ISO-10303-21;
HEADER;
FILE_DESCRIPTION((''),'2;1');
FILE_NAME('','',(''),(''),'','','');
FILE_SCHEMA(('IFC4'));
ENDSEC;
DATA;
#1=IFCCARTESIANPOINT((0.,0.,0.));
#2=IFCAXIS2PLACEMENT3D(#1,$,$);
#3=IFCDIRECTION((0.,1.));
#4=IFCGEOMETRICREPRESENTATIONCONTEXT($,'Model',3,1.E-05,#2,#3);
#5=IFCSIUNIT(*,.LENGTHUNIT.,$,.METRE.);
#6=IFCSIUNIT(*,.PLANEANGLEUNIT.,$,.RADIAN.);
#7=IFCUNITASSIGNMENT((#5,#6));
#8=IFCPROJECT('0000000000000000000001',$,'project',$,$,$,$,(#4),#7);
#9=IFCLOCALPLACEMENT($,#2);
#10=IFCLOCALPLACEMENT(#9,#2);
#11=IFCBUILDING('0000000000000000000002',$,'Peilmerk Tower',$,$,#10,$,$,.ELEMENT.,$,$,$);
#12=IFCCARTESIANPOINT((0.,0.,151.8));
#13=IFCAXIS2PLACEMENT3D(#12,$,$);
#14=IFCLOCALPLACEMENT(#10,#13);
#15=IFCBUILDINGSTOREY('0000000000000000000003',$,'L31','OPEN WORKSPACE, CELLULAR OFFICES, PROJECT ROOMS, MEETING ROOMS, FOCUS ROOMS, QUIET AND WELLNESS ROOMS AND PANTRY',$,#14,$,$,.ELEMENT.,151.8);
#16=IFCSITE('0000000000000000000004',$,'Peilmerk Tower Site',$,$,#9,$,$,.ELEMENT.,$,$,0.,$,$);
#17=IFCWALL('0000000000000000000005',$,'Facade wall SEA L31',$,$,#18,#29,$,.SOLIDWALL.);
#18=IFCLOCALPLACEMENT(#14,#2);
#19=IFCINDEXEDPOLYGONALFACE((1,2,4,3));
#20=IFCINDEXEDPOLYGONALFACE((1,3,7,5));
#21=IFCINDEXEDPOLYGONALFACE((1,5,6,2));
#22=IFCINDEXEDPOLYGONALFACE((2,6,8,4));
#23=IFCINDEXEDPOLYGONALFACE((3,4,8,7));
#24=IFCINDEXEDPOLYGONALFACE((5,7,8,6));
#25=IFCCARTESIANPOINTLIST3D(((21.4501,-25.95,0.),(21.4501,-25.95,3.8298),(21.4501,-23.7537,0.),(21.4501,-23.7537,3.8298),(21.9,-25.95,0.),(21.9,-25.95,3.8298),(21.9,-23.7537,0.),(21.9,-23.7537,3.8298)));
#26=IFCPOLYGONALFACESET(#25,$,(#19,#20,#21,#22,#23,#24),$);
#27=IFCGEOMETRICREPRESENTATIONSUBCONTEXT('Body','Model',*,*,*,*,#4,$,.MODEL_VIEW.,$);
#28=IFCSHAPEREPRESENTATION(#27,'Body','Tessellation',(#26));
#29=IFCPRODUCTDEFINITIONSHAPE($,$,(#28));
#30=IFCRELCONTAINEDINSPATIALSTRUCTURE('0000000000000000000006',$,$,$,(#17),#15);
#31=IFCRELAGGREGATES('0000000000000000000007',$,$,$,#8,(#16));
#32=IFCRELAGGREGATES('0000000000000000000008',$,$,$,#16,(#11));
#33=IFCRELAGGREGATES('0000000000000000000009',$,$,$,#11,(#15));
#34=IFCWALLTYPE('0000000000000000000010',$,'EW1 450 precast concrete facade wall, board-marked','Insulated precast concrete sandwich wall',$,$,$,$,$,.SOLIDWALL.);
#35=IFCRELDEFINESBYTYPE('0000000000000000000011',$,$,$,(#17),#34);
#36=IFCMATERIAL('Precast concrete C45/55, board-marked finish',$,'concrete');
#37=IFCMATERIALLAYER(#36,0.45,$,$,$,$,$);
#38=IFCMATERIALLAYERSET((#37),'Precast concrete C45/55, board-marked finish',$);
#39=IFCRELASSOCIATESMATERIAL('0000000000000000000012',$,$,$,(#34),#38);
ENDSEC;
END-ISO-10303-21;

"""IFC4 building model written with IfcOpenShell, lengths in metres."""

from ifc_helpers import new_model, si_unit, direction, frame, frame_2d, origin, place, context, subcontext, project, spatial, rectangle, extrude, material, layer, layer_set, type_object, element, save


model = new_model("IFC4")

# Units and contexts
model_context = context("Model", 3, precision=1e-05, world=origin(), true_north=direction((0.0, 1.0)))
body_context = subcontext(model_context, "Body", "Model", "MODEL_VIEW")
ifc_project = project(units=[si_unit("LENGTHUNIT", "METRE"), si_unit("PLANEANGLEUNIT", "RADIAN")], contexts=[model_context])

# Site, building, storey
site_placement = place(None, origin())
site = spatial("IfcSite", under=ifc_project, at=site_placement, Name="Peilmerk Tower Site", CompositionType="ELEMENT", RefElevation=0.0)
building_placement = place(site_placement, origin())
building = spatial("IfcBuilding", under=site, at=building_placement, Name="Peilmerk Tower", CompositionType="ELEMENT")
storey_placement = place(building_placement, frame((0.0, 0.0, 151.8)))
storey = spatial("IfcBuildingStorey", under=building, at=storey_placement, Name="L31", Description="OPEN WORKSPACE, CELLULAR OFFICES, PROJECT ROOMS, MEETING ROOMS, FOCUS ROOMS, QUIET AND WELLNESS ROOMS AND PANTRY", CompositionType="ELEMENT", Elevation=151.8)

# Shared definitions
ifc_material_1 = material(Name="Precast concrete C45/55, board-marked finish", Category="concrete")
ifc_layer_1 = layer(ifc_material_1, 0.45)
ifc_layer_set_1 = layer_set([ifc_layer_1], Name="Precast concrete C45/55, board-marked finish")
wall_type = type_object("IfcWallType", Name="EW1 450 precast concrete facade wall, board-marked", Description="Insulated precast concrete sandwich wall", PredefinedType="SOLIDWALL", material=ifc_layer_set_1)

# Wall
wall_1_placement = place(storey_placement, frame((21.675, -23.7537, 0.0), z_axis=(0.0, 0.0, 1.0), x_axis=(0.0, -1.0, 0.0)))
element("IfcWall", 1, at=wall_1_placement, inside=storey, type_object=wall_type, Name="Facade wall SEA L31", PredefinedType="SOLIDWALL", context=body_context, shape_type="SweptSolid", body=[
    extrude(rectangle(XDim=2.1963, YDim=0.45, at=frame_2d((1.0981, 0.0))), origin(), (0.0, 0.0, 1.0), 3.8298),
])

save(model, "model.ifc")
